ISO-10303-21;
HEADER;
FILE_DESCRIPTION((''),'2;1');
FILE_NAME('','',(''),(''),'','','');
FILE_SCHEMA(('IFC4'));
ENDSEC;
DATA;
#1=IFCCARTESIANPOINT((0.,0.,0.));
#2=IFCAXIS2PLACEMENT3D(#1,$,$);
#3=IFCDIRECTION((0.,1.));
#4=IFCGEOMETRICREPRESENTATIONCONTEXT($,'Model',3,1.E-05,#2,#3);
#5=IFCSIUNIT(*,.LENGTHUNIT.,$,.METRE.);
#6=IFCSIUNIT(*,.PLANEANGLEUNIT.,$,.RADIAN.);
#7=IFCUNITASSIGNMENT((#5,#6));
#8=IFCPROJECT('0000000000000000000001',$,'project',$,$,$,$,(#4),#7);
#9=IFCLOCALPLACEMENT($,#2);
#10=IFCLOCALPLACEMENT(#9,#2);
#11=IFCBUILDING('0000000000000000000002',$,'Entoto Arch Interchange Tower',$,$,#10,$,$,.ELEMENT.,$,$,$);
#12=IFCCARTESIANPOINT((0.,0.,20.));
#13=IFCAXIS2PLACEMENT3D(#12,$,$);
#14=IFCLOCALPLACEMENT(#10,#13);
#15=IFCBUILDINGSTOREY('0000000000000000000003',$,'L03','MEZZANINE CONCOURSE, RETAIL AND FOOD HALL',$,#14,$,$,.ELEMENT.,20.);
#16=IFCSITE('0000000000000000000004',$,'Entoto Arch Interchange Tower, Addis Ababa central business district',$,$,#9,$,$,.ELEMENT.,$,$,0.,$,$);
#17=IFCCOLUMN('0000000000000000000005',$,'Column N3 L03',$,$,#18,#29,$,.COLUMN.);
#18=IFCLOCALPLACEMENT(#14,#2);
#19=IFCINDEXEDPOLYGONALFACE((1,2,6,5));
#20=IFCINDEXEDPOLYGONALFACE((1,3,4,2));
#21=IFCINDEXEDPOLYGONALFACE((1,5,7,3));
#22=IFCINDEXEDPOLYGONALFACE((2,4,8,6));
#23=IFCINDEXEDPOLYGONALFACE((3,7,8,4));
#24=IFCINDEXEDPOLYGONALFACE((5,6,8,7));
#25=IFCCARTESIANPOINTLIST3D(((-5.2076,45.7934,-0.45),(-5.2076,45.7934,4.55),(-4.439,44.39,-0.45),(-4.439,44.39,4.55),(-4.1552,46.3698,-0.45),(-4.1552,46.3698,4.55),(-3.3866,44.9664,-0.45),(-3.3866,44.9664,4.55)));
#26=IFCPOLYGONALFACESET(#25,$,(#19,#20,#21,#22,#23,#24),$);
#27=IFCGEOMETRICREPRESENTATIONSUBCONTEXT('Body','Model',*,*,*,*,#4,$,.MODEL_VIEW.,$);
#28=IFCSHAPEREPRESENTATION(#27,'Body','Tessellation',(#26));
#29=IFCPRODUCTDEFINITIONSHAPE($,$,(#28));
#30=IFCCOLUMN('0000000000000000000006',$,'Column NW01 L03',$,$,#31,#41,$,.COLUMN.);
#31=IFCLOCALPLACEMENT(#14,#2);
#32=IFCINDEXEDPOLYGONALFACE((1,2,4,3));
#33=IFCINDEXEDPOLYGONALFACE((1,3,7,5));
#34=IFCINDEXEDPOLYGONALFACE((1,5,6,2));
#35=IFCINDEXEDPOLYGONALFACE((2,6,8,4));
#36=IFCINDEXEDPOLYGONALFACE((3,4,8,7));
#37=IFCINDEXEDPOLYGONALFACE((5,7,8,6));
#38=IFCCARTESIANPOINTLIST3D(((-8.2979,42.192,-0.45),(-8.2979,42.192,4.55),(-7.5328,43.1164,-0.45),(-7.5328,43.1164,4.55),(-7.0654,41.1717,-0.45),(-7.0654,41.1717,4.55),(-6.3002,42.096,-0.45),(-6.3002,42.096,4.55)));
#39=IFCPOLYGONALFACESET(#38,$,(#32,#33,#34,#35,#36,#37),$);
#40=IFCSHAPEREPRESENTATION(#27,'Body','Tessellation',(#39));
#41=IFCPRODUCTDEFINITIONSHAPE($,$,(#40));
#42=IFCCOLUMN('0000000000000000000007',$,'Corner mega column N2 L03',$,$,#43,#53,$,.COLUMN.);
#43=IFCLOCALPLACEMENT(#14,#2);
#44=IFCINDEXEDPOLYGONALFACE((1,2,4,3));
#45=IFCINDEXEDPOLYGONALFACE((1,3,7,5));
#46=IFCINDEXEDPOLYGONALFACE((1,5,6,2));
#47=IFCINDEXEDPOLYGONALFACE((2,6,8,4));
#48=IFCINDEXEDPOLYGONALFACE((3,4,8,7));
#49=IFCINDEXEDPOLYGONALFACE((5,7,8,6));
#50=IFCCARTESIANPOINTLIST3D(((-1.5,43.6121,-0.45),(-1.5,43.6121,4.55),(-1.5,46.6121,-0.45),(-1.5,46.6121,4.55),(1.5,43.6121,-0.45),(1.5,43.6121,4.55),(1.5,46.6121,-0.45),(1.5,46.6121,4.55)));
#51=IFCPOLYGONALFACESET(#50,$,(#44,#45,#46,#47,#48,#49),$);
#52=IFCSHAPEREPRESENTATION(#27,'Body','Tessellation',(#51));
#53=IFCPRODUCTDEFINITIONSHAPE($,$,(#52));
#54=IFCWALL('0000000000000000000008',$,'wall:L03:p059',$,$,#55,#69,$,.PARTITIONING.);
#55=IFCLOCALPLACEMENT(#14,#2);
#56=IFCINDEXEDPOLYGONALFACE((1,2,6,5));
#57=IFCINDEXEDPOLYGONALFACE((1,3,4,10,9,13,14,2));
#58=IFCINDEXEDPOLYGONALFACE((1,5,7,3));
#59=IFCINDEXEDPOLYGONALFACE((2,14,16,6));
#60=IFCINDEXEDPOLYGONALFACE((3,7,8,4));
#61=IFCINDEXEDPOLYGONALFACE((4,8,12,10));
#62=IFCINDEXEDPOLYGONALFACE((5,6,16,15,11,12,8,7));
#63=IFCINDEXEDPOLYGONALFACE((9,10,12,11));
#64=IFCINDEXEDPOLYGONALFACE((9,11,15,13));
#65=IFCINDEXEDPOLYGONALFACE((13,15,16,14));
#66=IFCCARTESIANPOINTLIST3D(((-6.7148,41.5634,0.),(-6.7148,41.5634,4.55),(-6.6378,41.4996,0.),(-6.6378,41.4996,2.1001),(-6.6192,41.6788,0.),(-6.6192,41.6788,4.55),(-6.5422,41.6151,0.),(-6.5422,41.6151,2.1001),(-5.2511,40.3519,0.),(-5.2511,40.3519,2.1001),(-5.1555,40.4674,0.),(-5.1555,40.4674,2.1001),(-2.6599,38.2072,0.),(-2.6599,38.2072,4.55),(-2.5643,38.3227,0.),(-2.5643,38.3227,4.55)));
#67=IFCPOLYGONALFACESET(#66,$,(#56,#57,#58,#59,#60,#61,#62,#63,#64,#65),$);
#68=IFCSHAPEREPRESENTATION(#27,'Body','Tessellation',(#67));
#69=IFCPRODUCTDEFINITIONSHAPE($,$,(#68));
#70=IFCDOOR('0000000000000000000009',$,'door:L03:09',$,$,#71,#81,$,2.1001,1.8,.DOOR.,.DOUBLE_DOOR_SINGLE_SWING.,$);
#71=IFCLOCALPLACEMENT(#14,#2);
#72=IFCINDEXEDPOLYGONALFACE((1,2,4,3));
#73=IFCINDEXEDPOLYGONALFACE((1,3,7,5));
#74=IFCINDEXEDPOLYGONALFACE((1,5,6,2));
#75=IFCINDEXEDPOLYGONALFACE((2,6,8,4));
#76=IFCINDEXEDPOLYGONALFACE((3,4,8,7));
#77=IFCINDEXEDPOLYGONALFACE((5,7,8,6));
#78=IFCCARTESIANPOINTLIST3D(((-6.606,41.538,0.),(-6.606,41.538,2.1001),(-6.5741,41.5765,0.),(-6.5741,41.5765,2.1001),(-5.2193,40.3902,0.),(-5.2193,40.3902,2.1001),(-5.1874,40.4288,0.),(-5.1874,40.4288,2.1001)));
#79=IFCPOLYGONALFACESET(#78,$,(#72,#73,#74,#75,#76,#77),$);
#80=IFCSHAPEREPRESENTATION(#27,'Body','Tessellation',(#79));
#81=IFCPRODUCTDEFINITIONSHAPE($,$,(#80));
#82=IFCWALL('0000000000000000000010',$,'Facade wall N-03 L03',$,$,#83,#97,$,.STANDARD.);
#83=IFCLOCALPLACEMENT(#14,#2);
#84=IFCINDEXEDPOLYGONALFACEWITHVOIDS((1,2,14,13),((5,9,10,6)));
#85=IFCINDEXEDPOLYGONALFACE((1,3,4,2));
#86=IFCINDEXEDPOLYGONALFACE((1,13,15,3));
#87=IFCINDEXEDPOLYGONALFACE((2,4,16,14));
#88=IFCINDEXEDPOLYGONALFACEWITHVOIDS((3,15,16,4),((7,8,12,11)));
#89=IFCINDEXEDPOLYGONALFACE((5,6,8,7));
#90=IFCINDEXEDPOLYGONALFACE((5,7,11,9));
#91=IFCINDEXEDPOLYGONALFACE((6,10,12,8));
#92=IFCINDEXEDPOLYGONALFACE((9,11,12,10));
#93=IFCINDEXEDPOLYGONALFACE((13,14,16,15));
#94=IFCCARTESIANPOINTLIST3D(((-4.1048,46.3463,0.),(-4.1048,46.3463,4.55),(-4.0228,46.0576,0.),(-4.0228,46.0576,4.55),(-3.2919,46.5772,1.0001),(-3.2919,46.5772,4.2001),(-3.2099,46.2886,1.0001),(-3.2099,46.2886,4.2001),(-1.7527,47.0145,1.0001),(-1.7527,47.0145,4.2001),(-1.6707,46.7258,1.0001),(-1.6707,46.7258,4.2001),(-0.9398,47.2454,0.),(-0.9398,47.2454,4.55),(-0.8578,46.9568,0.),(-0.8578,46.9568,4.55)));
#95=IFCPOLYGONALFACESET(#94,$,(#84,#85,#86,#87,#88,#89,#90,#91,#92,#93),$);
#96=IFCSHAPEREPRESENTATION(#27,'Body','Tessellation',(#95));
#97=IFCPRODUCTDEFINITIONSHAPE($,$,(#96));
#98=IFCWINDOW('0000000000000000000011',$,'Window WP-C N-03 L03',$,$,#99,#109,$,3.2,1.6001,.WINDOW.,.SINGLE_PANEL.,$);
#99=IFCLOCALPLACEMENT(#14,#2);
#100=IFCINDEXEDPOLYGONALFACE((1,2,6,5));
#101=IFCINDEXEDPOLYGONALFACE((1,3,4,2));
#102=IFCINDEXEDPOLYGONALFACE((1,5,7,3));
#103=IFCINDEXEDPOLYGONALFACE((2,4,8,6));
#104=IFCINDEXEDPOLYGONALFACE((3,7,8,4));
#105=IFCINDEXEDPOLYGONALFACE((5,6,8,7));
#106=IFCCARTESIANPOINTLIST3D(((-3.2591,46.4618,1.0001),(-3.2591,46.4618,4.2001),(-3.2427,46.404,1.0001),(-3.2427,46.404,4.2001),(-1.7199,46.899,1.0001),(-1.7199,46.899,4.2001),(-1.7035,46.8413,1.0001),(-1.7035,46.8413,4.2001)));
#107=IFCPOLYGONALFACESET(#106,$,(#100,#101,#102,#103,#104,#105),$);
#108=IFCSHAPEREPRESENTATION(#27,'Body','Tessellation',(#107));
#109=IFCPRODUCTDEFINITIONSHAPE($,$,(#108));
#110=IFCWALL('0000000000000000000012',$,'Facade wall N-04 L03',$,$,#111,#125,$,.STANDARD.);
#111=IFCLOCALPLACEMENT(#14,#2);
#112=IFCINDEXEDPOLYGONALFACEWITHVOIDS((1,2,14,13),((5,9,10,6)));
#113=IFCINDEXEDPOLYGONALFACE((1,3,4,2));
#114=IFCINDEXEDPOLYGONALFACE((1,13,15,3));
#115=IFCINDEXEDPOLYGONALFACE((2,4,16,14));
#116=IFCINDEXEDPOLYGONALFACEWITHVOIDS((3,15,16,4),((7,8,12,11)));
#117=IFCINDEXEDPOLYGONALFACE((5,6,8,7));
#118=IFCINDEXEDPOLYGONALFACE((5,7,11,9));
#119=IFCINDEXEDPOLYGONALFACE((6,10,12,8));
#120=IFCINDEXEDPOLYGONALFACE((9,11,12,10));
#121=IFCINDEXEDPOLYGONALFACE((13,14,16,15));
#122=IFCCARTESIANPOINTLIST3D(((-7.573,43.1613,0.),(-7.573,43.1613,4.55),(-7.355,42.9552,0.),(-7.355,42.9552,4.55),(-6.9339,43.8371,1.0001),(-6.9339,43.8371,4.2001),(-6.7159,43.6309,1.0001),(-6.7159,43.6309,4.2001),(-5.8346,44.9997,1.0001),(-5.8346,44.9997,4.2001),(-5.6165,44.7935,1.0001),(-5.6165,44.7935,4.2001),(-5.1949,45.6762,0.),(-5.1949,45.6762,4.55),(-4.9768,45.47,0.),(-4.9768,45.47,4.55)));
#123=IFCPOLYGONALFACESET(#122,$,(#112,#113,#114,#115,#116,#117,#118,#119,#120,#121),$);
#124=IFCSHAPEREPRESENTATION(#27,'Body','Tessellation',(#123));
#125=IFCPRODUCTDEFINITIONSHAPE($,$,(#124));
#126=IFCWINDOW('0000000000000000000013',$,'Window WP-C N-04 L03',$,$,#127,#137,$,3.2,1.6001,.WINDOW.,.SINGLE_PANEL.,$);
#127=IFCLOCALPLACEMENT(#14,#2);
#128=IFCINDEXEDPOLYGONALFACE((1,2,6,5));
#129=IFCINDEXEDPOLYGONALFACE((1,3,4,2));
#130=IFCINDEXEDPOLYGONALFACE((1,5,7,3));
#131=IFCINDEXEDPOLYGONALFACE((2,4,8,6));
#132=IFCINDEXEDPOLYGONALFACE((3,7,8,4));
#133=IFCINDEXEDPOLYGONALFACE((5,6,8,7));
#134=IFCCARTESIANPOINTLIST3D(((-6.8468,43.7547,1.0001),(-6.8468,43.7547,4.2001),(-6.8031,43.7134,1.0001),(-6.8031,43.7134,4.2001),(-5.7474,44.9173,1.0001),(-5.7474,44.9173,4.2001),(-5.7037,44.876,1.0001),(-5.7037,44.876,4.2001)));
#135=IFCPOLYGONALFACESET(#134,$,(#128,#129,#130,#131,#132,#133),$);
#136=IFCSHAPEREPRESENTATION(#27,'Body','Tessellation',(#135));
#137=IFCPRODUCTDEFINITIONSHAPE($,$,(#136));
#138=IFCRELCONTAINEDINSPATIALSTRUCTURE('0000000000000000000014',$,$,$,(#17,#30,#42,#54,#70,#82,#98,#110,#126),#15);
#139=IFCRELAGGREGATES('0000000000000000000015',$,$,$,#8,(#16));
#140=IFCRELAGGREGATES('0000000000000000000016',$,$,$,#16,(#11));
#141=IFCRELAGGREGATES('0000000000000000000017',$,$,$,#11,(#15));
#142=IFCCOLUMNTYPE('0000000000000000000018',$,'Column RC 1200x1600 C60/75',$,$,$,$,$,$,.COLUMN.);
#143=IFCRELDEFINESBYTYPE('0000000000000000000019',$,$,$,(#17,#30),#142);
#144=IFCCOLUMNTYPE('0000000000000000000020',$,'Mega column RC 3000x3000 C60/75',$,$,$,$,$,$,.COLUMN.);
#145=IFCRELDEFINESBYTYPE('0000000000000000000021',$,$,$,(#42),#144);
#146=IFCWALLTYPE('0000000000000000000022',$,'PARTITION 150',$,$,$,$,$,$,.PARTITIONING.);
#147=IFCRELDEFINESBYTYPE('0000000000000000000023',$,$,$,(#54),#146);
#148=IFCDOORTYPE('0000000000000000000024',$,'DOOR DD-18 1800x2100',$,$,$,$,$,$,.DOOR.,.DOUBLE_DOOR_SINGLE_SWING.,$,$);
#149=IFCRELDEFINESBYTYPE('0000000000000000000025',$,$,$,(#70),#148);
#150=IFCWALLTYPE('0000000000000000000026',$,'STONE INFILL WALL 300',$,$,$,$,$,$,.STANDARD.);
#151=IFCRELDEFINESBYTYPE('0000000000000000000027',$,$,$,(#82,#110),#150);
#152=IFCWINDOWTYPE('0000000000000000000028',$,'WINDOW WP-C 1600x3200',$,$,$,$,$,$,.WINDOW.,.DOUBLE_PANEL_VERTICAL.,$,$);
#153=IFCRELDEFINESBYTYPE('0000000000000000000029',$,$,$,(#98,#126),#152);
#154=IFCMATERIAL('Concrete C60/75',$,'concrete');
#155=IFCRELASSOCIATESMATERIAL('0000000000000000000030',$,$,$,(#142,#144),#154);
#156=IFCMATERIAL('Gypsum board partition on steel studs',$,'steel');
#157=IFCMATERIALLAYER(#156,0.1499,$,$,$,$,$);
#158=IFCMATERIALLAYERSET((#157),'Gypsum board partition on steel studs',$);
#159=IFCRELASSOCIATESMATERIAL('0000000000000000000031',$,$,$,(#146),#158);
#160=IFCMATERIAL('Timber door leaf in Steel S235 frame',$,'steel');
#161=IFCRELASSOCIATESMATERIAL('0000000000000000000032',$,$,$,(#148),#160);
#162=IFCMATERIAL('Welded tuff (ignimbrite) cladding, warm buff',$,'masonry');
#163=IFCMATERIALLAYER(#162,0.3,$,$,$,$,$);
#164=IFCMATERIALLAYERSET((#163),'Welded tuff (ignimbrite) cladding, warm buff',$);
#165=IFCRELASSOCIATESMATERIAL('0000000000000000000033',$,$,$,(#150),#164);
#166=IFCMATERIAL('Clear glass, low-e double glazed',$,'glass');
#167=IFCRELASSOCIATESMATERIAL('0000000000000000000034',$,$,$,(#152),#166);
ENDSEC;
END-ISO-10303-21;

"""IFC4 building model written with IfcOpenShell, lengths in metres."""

from ifc_helpers import new_model, si_unit, direction, frame, frame_2d, origin, origin_2d, place, context, subcontext, project, spatial, rectangle, extrude, material, layer, layer_set, material_profile, profile_set, type_object, element, fill, save


model = new_model("IFC4")

# Units and contexts
model_context = context("Model", 3, precision=1e-05, world=origin(), true_north=direction((0.0, 1.0)))
body_context = subcontext(model_context, "Body", "Model", "MODEL_VIEW")
ifc_project = project(units=[si_unit("LENGTHUNIT", "METRE"), si_unit("PLANEANGLEUNIT", "RADIAN")], contexts=[model_context])

# Site, building, storey
site_placement = place(None, origin())
site = spatial("IfcSite", under=ifc_project, at=site_placement, Name="Entoto Arch Interchange Tower, Addis Ababa central business district", CompositionType="ELEMENT", RefElevation=0.0)
building_placement = place(site_placement, origin())
building = spatial("IfcBuilding", under=site, at=building_placement, Name="Entoto Arch Interchange Tower", CompositionType="ELEMENT")
storey_placement = place(building_placement, frame((0.0, 0.0, 20.0)))
storey = spatial("IfcBuildingStorey", under=building, at=storey_placement, Name="L03", Description="MEZZANINE CONCOURSE, RETAIL AND FOOD HALL", CompositionType="ELEMENT", Elevation=20.0)

# Columns
ifc_material_1 = material(Name="Concrete C60/75", Category="concrete")
ifc_material_profile_1 = material_profile(ifc_material_1, rectangle(XDim=1.2, YDim=1.6001, at=origin_2d()))
ifc_profile_set_1 = profile_set([ifc_material_profile_1], Name="Concrete C60/75")
column_type_1 = type_object("IfcColumnType", Name="Column RC 1200x1600 C60/75", PredefinedType="COLUMN", material=ifc_profile_set_1)
for number, where, z_axis, x_axis, name in (
    (1, (-4.2971, 45.3799, -0.45), (0.0, 0.0, 1.0), (0.877079, 0.480346, 0.0), "Column N3 L03"),
    (2, (-7.2991, 42.144, -0.45), (0.0, 0.0, 1.0), (0.637666, 0.770313, 0.0), "Column NW01 L03"),
):
    element("IfcColumn", number, at=place(storey_placement, frame(where, z_axis=z_axis, x_axis=x_axis)), inside=storey, type_object=column_type_1, Name=name, PredefinedType="COLUMN", context=body_context, shape_type="SweptSolid", body=[
        extrude(rectangle(XDim=1.2, YDim=1.6001, at=origin_2d()), origin(), (0.0, 0.0, 1.0), 5.0),
    ])
ifc_material_profile_2 = material_profile(ifc_material_1, rectangle(XDim=3.0, YDim=3.0, at=origin_2d()))
ifc_profile_set_2 = profile_set([ifc_material_profile_2], Name="Concrete C60/75")
column_type_2 = type_object("IfcColumnType", Name="Mega column RC 3000x3000 C60/75", PredefinedType="COLUMN", material=ifc_profile_set_2)
column_placement = place(storey_placement, frame((0.0, 45.1121, -0.45), z_axis=(0.0, 0.0, 1.0), x_axis=(0.0, 1.0, 0.0)))
element("IfcColumn", 3, at=column_placement, inside=storey, type_object=column_type_2, Name="Corner mega column N2 L03", PredefinedType="COLUMN", context=body_context, shape_type="SweptSolid", body=[
    extrude(rectangle(XDim=3.0, YDim=3.0, at=origin_2d()), origin(), (0.0, 0.0, 1.0), 5.0),
])

# Wall, opening, door
ifc_material_2 = material(Name="Gypsum board partition on steel studs", Category="steel")
ifc_layer_1 = layer(ifc_material_2, 0.1499)
ifc_layer_set_1 = layer_set([ifc_layer_1], Name="Gypsum board partition on steel studs")
wall_type_1 = type_object("IfcWallType", Name="PARTITION 150", PredefinedType="PARTITIONING", material=ifc_layer_set_1)
wall_1_placement = place(storey_placement, frame((-6.667, 41.6211, 0.0), z_axis=(0.0, 0.0, 1.0), x_axis=(0.770357, -0.637612, 0.0)))
wall_1 = element("IfcWall", 4, at=wall_1_placement, inside=storey, type_object=wall_type_1, Name="wall:L03:p059", PredefinedType="PARTITIONING", context=body_context, shape_type="SweptSolid", body=[
    extrude(rectangle(XDim=5.2637, YDim=0.1499, at=frame_2d((2.6318, 0.0))), origin(), (0.0, 0.0, 1.0), 4.55),
])
opening_1_placement = place(wall_1_placement, frame((0.1001, 0.0, 0.0)))
opening_1 = element("IfcOpeningElement", 5, at=opening_1_placement, cuts=wall_1, PredefinedType="OPENING", context=body_context, shape_type="SweptSolid", body=[
    extrude(rectangle(XDim=1.8, YDim=2.1001, at=frame_2d((0.8999, 1.05))), frame((0.0, 0.085, 0.0), z_axis=(0.0, -1.0, 0.0), x_axis=(1.0, 0.0, 0.0)), (0.0, 0.0, 1.0), 0.1699),
])
ifc_material_3 = material(Name="Timber door leaf in Steel S235 frame", Category="steel")
door_type = type_object("IfcDoorType", Name="DOOR DD-18 1800x2100", OperationType="DOUBLE_DOOR_SINGLE_SWING", PredefinedType="DOOR", material=ifc_material_3)
door_placement = place(opening_1_placement, origin())
door = element("IfcDoor", 6, at=door_placement, inside=storey, type_object=door_type, Name="door:L03:09", OperationType="DOUBLE_DOOR_SINGLE_SWING", OverallHeight=2.1001, OverallWidth=1.8, PredefinedType="DOOR", context=body_context, shape_type="SweptSolid", body=[
    extrude(rectangle(XDim=1.8, YDim=2.1001, at=frame_2d((0.8999, 1.05))), frame((0.0, 0.0249, 0.0), z_axis=(0.0, -1.0, 0.0), x_axis=(1.0, 0.0, 0.0)), (0.0, 0.0, 1.0), 0.05),
])
fill(opening_1, door)

# Walls, openings, windows
ifc_material_4 = material(Name="Welded tuff (ignimbrite) cladding, warm buff", Category="masonry")
ifc_layer_2 = layer(ifc_material_4, 0.3)
ifc_layer_set_2 = layer_set([ifc_layer_2], Name="Welded tuff (ignimbrite) cladding, warm buff")
wall_type_2 = type_object("IfcWallType", Name="STONE INFILL WALL 300", PredefinedType="STANDARD", material=ifc_layer_set_2)
wall_2_placement = place(storey_placement, frame((-0.8989, 47.1011, 0.0), z_axis=(0.0, 0.0, 1.0), x_axis=(-0.961934, -0.27328, 0.0)))
wall_2 = element("IfcWall", 7, at=wall_2_placement, inside=storey, type_object=wall_type_2, Name="Facade wall N-03 L03", PredefinedType="STANDARD", context=body_context, shape_type="SweptSolid", body=[
    extrude(rectangle(XDim=3.2903, YDim=0.3, at=frame_2d((1.645, 0.0))), origin(), (0.0, 0.0, 1.0), 4.55),
])
opening_2_placement = place(wall_2_placement, frame((0.845, 0.0, 1.0)))
opening_2 = element("IfcOpeningElement", 8, at=opening_2_placement, cuts=wall_2, PredefinedType="OPENING", context=body_context, shape_type="SweptSolid", body=[
    extrude(rectangle(XDim=1.6001, YDim=3.2, at=frame_2d((0.8, 1.6001))), frame((0.0, 0.1602, 0.0), z_axis=(0.0, -1.0, 0.0), x_axis=(1.0, 0.0, 0.0)), (0.0, 0.0, 1.0), 0.3201),
])
ifc_material_5 = material(Name="Clear glass, low-e double glazed", Category="glass")
window_type_1 = type_object("IfcWindowType", Name="WINDOW WP-C 1600x3200", PartitioningType="DOUBLE_PANEL_VERTICAL", PredefinedType="WINDOW", material=ifc_material_5)
window_1_placement = place(opening_2_placement, origin())
window_1 = element("IfcWindow", 9, at=window_1_placement, inside=storey, type_object=window_type_1, Name="Window WP-C N-03 L03", OverallHeight=3.2, OverallWidth=1.6001, PartitioningType="SINGLE_PANEL", PredefinedType="WINDOW", context=body_context, shape_type="SweptSolid", body=[
    extrude(rectangle(XDim=1.6001, YDim=3.2, at=frame_2d((0.8, 1.6001))), frame((0.0, 0.03, 0.0), z_axis=(0.0, -1.0, 0.0), x_axis=(1.0, 0.0, 0.0)), (0.0, 0.0, 1.0), 0.0601),
])
fill(opening_2, window_1)
wall_3_placement = place(storey_placement, frame((-5.0859, 45.573, 0.0), z_axis=(0.0, 0.0, 1.0), x_axis=(-0.687081, -0.726581, 0.0)))
wall_3 = element("IfcWall", 10, at=wall_3_placement, inside=storey, type_object=wall_type_2, Name="Facade wall N-04 L03", PredefinedType="STANDARD", context=body_context, shape_type="SweptSolid", body=[
    extrude(rectangle(XDim=3.4612, YDim=0.3, at=frame_2d((1.7305, 0.0))), origin(), (0.0, 0.0, 1.0), 4.55),
])
opening_3_placement = place(wall_3_placement, frame((0.9309, 0.0, 1.0)))
opening_3 = element("IfcOpeningElement", 11, at=opening_3_placement, cuts=wall_3, PredefinedType="OPENING", context=body_context, shape_type="SweptSolid", body=[
    extrude(rectangle(XDim=1.6001, YDim=3.2, at=frame_2d((0.8, 1.6001))), frame((0.0, 0.1602, 0.0), z_axis=(0.0, -1.0, 0.0), x_axis=(1.0, 0.0, 0.0)), (0.0, 0.0, 1.0), 0.3201),
])
window_2_placement = place(opening_3_placement, origin())
window_2 = element("IfcWindow", 12, at=window_2_placement, inside=storey, type_object=window_type_1, Name="Window WP-C N-04 L03", OverallHeight=3.2, OverallWidth=1.6001, PartitioningType="SINGLE_PANEL", PredefinedType="WINDOW", context=body_context, shape_type="SweptSolid", body=[
    extrude(rectangle(XDim=1.6001, YDim=3.2, at=frame_2d((0.8, 1.6001))), frame((0.0, 0.03, 0.0), z_axis=(0.0, -1.0, 0.0), x_axis=(1.0, 0.0, 0.0)), (0.0, 0.0, 1.0), 0.0601),
])
fill(opening_3, window_2)

save(model, "model.ifc")
